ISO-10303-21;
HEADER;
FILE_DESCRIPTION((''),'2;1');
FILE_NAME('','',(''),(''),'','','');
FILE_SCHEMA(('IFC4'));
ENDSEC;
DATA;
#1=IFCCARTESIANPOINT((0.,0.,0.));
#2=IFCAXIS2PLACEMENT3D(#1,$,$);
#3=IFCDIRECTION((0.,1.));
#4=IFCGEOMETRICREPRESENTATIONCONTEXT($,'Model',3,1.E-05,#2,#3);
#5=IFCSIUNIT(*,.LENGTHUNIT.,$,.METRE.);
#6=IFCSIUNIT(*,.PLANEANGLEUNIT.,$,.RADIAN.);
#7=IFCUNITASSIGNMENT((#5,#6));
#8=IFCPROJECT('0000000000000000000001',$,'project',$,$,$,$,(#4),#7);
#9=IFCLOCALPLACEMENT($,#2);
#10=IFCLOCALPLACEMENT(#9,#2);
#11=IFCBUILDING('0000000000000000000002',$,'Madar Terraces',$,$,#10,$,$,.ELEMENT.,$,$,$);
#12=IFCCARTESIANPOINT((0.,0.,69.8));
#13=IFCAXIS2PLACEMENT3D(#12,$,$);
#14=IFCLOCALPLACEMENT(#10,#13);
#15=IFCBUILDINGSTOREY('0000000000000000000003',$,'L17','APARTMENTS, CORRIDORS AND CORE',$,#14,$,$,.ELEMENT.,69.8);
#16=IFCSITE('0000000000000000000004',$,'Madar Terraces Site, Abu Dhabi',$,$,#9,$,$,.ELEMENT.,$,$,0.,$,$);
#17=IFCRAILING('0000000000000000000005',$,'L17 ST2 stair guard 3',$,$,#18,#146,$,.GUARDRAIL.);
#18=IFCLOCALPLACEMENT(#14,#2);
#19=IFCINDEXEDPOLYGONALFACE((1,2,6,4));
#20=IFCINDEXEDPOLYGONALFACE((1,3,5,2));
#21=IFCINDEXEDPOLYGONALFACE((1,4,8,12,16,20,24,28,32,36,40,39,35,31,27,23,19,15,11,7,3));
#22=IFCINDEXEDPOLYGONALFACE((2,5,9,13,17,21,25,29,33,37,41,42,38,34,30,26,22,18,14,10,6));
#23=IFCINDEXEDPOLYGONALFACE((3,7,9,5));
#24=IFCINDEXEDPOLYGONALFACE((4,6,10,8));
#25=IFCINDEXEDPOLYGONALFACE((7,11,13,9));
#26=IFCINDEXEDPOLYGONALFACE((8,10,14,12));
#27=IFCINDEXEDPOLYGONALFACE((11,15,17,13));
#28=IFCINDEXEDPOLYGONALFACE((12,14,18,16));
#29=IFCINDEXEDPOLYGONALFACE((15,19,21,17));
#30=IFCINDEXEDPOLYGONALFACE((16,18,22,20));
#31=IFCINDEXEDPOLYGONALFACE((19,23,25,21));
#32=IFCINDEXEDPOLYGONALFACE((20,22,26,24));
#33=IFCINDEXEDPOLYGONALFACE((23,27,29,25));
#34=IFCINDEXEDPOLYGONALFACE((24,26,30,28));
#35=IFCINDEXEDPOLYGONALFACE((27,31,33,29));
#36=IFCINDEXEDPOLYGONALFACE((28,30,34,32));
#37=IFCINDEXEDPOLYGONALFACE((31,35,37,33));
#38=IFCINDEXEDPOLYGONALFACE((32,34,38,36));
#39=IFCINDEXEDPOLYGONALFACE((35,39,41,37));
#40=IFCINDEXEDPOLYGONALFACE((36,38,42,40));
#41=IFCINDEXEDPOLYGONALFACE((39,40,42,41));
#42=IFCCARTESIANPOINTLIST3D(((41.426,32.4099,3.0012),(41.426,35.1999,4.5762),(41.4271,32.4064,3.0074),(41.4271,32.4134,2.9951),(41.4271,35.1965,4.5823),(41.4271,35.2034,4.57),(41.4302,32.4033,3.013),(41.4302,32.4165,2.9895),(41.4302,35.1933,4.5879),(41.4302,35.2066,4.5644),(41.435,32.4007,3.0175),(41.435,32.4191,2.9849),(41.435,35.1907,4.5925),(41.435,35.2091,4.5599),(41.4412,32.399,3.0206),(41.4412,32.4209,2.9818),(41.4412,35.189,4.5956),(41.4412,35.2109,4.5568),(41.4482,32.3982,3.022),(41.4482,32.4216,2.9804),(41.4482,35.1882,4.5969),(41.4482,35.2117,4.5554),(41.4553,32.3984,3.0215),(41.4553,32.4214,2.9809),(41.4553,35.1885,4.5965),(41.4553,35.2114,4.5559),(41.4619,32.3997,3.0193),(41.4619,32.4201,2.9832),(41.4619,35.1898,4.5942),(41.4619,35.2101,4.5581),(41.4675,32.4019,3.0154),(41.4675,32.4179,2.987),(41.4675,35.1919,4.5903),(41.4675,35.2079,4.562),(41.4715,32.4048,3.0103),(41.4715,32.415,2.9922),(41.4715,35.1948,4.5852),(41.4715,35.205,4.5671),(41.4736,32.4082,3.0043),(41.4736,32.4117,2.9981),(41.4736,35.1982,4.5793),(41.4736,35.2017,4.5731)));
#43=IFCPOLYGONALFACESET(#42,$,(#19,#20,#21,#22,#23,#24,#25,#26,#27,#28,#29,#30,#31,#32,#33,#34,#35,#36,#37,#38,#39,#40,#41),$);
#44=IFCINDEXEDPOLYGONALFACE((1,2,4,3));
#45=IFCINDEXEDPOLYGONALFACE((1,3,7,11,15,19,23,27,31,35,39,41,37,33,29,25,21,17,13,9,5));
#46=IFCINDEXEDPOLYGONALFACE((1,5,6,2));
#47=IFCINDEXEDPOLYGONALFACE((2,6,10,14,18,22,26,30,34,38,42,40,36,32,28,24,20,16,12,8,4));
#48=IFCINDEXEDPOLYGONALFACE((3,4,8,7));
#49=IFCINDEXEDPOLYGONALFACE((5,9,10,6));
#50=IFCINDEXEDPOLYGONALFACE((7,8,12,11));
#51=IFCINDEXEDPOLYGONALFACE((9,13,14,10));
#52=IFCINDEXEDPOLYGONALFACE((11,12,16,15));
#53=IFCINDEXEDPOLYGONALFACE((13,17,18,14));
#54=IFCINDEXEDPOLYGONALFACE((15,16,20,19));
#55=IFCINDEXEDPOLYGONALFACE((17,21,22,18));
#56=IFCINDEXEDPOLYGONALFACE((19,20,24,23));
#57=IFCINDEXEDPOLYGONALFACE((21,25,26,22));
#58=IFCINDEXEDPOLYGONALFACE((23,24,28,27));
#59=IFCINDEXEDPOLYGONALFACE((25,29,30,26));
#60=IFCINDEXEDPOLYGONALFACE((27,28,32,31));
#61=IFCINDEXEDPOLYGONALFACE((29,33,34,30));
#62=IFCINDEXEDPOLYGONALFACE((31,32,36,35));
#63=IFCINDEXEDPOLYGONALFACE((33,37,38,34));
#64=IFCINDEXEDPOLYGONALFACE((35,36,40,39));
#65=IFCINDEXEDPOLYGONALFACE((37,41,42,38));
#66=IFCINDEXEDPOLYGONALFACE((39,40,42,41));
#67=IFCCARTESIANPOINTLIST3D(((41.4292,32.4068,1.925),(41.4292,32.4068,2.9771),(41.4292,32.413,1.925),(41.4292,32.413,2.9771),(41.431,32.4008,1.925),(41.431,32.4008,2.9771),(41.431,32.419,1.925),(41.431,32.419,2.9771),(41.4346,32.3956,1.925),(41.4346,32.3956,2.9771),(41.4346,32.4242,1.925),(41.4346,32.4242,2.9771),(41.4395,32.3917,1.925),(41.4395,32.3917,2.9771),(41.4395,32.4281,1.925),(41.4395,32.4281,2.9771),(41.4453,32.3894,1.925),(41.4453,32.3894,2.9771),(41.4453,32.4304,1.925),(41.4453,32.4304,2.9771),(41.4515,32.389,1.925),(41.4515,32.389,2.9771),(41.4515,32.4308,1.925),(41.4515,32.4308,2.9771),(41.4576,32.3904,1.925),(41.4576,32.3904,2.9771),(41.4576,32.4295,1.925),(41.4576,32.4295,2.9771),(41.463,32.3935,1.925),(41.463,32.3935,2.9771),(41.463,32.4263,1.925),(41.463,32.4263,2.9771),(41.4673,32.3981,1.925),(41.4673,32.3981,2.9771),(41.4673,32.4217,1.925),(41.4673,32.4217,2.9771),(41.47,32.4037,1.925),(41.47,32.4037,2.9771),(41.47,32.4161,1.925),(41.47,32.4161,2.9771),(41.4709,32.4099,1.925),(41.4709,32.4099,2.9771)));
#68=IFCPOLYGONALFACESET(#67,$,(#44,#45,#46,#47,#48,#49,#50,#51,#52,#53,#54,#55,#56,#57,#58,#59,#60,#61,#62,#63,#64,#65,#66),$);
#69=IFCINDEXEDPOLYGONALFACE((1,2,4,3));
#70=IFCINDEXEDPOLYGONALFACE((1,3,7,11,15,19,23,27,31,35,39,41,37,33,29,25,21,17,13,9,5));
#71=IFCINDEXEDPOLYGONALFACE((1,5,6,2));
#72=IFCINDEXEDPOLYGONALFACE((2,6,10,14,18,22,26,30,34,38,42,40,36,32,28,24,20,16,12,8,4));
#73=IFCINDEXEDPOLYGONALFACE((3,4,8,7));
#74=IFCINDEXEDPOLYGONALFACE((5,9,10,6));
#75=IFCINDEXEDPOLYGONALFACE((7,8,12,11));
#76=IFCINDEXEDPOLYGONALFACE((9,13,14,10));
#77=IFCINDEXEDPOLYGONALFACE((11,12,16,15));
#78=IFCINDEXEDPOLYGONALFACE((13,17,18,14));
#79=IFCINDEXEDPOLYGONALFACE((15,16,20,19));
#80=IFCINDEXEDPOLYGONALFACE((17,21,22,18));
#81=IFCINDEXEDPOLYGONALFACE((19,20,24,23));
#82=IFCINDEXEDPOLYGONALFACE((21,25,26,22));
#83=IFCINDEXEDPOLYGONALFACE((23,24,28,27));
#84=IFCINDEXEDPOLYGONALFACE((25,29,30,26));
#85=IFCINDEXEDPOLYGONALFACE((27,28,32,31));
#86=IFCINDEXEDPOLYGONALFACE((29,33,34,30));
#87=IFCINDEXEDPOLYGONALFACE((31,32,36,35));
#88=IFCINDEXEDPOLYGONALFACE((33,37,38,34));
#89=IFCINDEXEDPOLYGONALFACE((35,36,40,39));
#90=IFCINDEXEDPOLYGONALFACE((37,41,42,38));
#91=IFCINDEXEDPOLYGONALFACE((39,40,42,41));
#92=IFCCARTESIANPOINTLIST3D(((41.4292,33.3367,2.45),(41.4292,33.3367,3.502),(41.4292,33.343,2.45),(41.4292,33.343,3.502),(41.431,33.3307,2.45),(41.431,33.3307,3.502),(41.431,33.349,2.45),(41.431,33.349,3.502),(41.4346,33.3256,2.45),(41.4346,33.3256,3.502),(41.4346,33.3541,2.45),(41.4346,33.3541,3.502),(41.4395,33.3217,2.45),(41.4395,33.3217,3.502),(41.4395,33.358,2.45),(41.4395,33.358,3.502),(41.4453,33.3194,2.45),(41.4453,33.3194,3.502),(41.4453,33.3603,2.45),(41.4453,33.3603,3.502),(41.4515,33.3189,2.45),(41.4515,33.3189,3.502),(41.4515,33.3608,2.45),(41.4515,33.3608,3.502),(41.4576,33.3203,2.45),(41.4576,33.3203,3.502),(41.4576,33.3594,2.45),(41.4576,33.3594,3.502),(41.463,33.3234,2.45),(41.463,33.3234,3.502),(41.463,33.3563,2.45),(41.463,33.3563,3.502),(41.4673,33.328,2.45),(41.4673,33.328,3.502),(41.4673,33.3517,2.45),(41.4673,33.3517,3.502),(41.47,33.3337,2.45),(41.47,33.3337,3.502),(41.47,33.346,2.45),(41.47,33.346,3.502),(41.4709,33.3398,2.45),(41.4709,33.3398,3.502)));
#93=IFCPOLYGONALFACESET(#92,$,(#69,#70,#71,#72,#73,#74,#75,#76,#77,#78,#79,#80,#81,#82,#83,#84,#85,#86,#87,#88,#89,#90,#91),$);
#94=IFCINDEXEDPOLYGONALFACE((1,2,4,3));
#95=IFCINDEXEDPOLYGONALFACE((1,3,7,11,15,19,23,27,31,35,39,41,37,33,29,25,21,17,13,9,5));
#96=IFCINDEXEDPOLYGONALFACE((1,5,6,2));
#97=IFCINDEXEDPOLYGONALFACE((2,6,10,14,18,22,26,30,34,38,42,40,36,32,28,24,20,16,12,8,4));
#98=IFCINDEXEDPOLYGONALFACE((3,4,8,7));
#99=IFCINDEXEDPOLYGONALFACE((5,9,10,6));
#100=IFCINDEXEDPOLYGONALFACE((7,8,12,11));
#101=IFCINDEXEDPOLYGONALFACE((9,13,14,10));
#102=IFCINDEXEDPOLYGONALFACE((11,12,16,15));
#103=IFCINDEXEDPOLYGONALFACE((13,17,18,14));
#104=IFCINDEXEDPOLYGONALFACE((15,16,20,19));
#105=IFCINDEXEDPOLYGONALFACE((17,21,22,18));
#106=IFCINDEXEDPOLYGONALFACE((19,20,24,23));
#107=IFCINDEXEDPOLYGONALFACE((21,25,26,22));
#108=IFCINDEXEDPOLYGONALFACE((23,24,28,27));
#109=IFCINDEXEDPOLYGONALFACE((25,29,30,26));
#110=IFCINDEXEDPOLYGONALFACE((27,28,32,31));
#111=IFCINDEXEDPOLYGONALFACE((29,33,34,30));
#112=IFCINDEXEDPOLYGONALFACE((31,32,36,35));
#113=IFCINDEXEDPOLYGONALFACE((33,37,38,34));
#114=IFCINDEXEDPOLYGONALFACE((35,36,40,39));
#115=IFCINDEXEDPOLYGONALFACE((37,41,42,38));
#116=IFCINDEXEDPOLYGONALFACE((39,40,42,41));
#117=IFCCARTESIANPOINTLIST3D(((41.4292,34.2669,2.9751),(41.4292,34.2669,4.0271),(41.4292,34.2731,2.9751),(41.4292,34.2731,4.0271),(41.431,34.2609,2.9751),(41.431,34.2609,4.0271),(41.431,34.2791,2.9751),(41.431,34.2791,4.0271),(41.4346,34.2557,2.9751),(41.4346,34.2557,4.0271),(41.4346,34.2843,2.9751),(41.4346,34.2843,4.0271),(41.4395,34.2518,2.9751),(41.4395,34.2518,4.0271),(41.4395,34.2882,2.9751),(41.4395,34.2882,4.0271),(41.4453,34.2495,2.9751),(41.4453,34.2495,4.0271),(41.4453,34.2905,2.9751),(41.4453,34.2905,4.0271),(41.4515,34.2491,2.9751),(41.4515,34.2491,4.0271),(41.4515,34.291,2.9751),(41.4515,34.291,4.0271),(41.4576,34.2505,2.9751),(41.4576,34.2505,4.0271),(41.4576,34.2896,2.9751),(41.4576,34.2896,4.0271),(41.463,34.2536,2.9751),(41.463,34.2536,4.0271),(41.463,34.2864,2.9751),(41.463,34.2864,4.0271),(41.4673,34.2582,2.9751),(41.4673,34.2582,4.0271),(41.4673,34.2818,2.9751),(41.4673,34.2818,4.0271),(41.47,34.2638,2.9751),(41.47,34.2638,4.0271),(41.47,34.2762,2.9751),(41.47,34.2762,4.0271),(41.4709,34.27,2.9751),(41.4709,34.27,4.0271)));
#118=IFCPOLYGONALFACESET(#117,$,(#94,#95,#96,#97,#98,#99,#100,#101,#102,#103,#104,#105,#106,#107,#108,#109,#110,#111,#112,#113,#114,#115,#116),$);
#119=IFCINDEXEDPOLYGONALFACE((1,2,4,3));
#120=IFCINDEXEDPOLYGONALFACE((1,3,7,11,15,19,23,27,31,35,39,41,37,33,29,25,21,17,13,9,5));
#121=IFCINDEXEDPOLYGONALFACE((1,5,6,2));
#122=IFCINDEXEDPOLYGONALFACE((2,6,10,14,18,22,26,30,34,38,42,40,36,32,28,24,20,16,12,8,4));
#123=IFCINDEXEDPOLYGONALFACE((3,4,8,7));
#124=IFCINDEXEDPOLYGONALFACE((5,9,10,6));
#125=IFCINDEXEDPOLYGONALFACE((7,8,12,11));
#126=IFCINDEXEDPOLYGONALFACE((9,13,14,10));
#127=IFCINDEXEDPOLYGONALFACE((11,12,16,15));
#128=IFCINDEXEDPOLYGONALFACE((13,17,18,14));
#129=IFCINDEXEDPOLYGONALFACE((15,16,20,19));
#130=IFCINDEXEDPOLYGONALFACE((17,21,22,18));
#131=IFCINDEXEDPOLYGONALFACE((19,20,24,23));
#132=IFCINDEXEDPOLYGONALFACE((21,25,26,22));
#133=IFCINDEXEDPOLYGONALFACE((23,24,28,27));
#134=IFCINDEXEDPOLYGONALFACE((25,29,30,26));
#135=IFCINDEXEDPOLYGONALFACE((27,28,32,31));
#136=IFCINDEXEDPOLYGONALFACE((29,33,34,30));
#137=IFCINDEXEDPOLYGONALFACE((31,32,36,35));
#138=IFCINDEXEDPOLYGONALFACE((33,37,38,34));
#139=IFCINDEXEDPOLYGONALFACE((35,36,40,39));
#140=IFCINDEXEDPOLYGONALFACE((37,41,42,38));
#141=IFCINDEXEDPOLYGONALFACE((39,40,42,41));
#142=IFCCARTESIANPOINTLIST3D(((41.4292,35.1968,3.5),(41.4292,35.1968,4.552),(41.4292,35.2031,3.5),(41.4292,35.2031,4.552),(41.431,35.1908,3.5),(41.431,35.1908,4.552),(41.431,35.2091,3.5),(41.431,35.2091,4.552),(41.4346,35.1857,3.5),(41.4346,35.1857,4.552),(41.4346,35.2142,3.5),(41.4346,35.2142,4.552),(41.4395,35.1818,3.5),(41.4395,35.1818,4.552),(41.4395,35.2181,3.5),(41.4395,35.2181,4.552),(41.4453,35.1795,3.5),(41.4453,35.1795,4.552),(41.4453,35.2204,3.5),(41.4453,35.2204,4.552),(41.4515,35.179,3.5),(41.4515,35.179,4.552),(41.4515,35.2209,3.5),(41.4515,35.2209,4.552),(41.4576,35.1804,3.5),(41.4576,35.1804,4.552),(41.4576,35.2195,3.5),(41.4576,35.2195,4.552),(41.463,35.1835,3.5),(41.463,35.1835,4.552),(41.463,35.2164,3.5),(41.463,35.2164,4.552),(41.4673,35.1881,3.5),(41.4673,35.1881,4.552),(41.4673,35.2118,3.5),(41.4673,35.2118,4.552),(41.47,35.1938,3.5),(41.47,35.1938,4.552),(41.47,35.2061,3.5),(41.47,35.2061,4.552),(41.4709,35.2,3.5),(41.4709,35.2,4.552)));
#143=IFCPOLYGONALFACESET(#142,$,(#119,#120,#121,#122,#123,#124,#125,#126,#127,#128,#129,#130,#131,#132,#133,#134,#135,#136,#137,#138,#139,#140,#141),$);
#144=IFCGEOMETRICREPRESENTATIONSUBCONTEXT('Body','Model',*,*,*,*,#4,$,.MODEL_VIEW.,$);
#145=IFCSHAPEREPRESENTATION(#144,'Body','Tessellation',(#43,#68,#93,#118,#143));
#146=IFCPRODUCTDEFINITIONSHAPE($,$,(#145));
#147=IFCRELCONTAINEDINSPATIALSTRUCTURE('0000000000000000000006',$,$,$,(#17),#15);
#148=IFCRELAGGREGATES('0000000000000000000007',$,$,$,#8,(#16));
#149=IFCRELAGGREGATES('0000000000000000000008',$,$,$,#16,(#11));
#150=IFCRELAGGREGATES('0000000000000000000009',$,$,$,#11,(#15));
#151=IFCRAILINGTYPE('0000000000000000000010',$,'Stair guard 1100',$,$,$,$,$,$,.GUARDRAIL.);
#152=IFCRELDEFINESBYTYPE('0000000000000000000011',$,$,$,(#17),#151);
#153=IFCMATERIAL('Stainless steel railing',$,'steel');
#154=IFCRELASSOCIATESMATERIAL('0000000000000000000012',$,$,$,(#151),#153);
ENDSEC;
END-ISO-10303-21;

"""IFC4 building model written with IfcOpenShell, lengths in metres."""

from ifc_helpers import new_model, si_unit, direction, frame, origin, origin_2d, place, context, subcontext, project, spatial, circle, extrude, material, type_object, element, save


model = new_model("IFC4")

# Units and contexts
model_context = context("Model", 3, precision=1e-05, world=origin(), true_north=direction((0.0, 1.0)))
body_context = subcontext(model_context, "Body", "Model", "MODEL_VIEW")
ifc_project = project(units=[si_unit("LENGTHUNIT", "METRE"), si_unit("PLANEANGLEUNIT", "RADIAN")], contexts=[model_context])

# Site, building, storey
site_placement = place(None, origin())
site = spatial("IfcSite", under=ifc_project, at=site_placement, Name="Madar Terraces Site, Abu Dhabi", CompositionType="ELEMENT", RefElevation=0.0)
building_placement = place(site_placement, origin())
building = spatial("IfcBuilding", under=site, at=building_placement, Name="Madar Terraces", CompositionType="ELEMENT")
storey_placement = place(building_placement, frame((0.0, 0.0, 69.8)))
storey = spatial("IfcBuildingStorey", under=building, at=storey_placement, Name="L17", Description="APARTMENTS, CORRIDORS AND CORE", CompositionType="ELEMENT", Elevation=69.8)

# Railing
ifc_material_1 = material(Name="Stainless steel railing", Category="steel")
railing_type_1 = type_object("IfcRailingType", Name="Stair guard 1100", PredefinedType="GUARDRAIL", material=ifc_material_1)
railing_1_placement = place(storey_placement, frame((41.45, 32.4099, 1.925)))
element("IfcRailing", 1, at=railing_1_placement, inside=storey, type_object=railing_type_1, Name="L17 ST2 stair guard 3", PredefinedType="GUARDRAIL", context=body_context, shape_type="SweptSolid", body=[
    extrude(circle(Radius=0.0239, at=origin_2d()), frame((0.0, 0.0, 1.0762), z_axis=(0.0, 0.870834, 0.491578), x_axis=(-1.0, 0.0, 0.0)), (0.0, 0.0, 1.0), 3.2039),
    extrude(circle(Radius=0.021, at=origin_2d()), origin(), (0.0, 0.0, 1.0), 1.052),
    extrude(circle(Radius=0.021, at=origin_2d()), frame((0.0, 0.9299, 0.5249)), (0.0, 0.0, 1.0), 1.052),
    extrude(circle(Radius=0.021, at=origin_2d()), frame((0.0, 1.8601, 1.05)), (0.0, 0.0, 1.0), 1.052),
    extrude(circle(Radius=0.021, at=origin_2d()), frame((0.0, 2.79, 1.575)), (0.0, 0.0, 1.0), 1.052),
])

save(model, "model.ifc")
